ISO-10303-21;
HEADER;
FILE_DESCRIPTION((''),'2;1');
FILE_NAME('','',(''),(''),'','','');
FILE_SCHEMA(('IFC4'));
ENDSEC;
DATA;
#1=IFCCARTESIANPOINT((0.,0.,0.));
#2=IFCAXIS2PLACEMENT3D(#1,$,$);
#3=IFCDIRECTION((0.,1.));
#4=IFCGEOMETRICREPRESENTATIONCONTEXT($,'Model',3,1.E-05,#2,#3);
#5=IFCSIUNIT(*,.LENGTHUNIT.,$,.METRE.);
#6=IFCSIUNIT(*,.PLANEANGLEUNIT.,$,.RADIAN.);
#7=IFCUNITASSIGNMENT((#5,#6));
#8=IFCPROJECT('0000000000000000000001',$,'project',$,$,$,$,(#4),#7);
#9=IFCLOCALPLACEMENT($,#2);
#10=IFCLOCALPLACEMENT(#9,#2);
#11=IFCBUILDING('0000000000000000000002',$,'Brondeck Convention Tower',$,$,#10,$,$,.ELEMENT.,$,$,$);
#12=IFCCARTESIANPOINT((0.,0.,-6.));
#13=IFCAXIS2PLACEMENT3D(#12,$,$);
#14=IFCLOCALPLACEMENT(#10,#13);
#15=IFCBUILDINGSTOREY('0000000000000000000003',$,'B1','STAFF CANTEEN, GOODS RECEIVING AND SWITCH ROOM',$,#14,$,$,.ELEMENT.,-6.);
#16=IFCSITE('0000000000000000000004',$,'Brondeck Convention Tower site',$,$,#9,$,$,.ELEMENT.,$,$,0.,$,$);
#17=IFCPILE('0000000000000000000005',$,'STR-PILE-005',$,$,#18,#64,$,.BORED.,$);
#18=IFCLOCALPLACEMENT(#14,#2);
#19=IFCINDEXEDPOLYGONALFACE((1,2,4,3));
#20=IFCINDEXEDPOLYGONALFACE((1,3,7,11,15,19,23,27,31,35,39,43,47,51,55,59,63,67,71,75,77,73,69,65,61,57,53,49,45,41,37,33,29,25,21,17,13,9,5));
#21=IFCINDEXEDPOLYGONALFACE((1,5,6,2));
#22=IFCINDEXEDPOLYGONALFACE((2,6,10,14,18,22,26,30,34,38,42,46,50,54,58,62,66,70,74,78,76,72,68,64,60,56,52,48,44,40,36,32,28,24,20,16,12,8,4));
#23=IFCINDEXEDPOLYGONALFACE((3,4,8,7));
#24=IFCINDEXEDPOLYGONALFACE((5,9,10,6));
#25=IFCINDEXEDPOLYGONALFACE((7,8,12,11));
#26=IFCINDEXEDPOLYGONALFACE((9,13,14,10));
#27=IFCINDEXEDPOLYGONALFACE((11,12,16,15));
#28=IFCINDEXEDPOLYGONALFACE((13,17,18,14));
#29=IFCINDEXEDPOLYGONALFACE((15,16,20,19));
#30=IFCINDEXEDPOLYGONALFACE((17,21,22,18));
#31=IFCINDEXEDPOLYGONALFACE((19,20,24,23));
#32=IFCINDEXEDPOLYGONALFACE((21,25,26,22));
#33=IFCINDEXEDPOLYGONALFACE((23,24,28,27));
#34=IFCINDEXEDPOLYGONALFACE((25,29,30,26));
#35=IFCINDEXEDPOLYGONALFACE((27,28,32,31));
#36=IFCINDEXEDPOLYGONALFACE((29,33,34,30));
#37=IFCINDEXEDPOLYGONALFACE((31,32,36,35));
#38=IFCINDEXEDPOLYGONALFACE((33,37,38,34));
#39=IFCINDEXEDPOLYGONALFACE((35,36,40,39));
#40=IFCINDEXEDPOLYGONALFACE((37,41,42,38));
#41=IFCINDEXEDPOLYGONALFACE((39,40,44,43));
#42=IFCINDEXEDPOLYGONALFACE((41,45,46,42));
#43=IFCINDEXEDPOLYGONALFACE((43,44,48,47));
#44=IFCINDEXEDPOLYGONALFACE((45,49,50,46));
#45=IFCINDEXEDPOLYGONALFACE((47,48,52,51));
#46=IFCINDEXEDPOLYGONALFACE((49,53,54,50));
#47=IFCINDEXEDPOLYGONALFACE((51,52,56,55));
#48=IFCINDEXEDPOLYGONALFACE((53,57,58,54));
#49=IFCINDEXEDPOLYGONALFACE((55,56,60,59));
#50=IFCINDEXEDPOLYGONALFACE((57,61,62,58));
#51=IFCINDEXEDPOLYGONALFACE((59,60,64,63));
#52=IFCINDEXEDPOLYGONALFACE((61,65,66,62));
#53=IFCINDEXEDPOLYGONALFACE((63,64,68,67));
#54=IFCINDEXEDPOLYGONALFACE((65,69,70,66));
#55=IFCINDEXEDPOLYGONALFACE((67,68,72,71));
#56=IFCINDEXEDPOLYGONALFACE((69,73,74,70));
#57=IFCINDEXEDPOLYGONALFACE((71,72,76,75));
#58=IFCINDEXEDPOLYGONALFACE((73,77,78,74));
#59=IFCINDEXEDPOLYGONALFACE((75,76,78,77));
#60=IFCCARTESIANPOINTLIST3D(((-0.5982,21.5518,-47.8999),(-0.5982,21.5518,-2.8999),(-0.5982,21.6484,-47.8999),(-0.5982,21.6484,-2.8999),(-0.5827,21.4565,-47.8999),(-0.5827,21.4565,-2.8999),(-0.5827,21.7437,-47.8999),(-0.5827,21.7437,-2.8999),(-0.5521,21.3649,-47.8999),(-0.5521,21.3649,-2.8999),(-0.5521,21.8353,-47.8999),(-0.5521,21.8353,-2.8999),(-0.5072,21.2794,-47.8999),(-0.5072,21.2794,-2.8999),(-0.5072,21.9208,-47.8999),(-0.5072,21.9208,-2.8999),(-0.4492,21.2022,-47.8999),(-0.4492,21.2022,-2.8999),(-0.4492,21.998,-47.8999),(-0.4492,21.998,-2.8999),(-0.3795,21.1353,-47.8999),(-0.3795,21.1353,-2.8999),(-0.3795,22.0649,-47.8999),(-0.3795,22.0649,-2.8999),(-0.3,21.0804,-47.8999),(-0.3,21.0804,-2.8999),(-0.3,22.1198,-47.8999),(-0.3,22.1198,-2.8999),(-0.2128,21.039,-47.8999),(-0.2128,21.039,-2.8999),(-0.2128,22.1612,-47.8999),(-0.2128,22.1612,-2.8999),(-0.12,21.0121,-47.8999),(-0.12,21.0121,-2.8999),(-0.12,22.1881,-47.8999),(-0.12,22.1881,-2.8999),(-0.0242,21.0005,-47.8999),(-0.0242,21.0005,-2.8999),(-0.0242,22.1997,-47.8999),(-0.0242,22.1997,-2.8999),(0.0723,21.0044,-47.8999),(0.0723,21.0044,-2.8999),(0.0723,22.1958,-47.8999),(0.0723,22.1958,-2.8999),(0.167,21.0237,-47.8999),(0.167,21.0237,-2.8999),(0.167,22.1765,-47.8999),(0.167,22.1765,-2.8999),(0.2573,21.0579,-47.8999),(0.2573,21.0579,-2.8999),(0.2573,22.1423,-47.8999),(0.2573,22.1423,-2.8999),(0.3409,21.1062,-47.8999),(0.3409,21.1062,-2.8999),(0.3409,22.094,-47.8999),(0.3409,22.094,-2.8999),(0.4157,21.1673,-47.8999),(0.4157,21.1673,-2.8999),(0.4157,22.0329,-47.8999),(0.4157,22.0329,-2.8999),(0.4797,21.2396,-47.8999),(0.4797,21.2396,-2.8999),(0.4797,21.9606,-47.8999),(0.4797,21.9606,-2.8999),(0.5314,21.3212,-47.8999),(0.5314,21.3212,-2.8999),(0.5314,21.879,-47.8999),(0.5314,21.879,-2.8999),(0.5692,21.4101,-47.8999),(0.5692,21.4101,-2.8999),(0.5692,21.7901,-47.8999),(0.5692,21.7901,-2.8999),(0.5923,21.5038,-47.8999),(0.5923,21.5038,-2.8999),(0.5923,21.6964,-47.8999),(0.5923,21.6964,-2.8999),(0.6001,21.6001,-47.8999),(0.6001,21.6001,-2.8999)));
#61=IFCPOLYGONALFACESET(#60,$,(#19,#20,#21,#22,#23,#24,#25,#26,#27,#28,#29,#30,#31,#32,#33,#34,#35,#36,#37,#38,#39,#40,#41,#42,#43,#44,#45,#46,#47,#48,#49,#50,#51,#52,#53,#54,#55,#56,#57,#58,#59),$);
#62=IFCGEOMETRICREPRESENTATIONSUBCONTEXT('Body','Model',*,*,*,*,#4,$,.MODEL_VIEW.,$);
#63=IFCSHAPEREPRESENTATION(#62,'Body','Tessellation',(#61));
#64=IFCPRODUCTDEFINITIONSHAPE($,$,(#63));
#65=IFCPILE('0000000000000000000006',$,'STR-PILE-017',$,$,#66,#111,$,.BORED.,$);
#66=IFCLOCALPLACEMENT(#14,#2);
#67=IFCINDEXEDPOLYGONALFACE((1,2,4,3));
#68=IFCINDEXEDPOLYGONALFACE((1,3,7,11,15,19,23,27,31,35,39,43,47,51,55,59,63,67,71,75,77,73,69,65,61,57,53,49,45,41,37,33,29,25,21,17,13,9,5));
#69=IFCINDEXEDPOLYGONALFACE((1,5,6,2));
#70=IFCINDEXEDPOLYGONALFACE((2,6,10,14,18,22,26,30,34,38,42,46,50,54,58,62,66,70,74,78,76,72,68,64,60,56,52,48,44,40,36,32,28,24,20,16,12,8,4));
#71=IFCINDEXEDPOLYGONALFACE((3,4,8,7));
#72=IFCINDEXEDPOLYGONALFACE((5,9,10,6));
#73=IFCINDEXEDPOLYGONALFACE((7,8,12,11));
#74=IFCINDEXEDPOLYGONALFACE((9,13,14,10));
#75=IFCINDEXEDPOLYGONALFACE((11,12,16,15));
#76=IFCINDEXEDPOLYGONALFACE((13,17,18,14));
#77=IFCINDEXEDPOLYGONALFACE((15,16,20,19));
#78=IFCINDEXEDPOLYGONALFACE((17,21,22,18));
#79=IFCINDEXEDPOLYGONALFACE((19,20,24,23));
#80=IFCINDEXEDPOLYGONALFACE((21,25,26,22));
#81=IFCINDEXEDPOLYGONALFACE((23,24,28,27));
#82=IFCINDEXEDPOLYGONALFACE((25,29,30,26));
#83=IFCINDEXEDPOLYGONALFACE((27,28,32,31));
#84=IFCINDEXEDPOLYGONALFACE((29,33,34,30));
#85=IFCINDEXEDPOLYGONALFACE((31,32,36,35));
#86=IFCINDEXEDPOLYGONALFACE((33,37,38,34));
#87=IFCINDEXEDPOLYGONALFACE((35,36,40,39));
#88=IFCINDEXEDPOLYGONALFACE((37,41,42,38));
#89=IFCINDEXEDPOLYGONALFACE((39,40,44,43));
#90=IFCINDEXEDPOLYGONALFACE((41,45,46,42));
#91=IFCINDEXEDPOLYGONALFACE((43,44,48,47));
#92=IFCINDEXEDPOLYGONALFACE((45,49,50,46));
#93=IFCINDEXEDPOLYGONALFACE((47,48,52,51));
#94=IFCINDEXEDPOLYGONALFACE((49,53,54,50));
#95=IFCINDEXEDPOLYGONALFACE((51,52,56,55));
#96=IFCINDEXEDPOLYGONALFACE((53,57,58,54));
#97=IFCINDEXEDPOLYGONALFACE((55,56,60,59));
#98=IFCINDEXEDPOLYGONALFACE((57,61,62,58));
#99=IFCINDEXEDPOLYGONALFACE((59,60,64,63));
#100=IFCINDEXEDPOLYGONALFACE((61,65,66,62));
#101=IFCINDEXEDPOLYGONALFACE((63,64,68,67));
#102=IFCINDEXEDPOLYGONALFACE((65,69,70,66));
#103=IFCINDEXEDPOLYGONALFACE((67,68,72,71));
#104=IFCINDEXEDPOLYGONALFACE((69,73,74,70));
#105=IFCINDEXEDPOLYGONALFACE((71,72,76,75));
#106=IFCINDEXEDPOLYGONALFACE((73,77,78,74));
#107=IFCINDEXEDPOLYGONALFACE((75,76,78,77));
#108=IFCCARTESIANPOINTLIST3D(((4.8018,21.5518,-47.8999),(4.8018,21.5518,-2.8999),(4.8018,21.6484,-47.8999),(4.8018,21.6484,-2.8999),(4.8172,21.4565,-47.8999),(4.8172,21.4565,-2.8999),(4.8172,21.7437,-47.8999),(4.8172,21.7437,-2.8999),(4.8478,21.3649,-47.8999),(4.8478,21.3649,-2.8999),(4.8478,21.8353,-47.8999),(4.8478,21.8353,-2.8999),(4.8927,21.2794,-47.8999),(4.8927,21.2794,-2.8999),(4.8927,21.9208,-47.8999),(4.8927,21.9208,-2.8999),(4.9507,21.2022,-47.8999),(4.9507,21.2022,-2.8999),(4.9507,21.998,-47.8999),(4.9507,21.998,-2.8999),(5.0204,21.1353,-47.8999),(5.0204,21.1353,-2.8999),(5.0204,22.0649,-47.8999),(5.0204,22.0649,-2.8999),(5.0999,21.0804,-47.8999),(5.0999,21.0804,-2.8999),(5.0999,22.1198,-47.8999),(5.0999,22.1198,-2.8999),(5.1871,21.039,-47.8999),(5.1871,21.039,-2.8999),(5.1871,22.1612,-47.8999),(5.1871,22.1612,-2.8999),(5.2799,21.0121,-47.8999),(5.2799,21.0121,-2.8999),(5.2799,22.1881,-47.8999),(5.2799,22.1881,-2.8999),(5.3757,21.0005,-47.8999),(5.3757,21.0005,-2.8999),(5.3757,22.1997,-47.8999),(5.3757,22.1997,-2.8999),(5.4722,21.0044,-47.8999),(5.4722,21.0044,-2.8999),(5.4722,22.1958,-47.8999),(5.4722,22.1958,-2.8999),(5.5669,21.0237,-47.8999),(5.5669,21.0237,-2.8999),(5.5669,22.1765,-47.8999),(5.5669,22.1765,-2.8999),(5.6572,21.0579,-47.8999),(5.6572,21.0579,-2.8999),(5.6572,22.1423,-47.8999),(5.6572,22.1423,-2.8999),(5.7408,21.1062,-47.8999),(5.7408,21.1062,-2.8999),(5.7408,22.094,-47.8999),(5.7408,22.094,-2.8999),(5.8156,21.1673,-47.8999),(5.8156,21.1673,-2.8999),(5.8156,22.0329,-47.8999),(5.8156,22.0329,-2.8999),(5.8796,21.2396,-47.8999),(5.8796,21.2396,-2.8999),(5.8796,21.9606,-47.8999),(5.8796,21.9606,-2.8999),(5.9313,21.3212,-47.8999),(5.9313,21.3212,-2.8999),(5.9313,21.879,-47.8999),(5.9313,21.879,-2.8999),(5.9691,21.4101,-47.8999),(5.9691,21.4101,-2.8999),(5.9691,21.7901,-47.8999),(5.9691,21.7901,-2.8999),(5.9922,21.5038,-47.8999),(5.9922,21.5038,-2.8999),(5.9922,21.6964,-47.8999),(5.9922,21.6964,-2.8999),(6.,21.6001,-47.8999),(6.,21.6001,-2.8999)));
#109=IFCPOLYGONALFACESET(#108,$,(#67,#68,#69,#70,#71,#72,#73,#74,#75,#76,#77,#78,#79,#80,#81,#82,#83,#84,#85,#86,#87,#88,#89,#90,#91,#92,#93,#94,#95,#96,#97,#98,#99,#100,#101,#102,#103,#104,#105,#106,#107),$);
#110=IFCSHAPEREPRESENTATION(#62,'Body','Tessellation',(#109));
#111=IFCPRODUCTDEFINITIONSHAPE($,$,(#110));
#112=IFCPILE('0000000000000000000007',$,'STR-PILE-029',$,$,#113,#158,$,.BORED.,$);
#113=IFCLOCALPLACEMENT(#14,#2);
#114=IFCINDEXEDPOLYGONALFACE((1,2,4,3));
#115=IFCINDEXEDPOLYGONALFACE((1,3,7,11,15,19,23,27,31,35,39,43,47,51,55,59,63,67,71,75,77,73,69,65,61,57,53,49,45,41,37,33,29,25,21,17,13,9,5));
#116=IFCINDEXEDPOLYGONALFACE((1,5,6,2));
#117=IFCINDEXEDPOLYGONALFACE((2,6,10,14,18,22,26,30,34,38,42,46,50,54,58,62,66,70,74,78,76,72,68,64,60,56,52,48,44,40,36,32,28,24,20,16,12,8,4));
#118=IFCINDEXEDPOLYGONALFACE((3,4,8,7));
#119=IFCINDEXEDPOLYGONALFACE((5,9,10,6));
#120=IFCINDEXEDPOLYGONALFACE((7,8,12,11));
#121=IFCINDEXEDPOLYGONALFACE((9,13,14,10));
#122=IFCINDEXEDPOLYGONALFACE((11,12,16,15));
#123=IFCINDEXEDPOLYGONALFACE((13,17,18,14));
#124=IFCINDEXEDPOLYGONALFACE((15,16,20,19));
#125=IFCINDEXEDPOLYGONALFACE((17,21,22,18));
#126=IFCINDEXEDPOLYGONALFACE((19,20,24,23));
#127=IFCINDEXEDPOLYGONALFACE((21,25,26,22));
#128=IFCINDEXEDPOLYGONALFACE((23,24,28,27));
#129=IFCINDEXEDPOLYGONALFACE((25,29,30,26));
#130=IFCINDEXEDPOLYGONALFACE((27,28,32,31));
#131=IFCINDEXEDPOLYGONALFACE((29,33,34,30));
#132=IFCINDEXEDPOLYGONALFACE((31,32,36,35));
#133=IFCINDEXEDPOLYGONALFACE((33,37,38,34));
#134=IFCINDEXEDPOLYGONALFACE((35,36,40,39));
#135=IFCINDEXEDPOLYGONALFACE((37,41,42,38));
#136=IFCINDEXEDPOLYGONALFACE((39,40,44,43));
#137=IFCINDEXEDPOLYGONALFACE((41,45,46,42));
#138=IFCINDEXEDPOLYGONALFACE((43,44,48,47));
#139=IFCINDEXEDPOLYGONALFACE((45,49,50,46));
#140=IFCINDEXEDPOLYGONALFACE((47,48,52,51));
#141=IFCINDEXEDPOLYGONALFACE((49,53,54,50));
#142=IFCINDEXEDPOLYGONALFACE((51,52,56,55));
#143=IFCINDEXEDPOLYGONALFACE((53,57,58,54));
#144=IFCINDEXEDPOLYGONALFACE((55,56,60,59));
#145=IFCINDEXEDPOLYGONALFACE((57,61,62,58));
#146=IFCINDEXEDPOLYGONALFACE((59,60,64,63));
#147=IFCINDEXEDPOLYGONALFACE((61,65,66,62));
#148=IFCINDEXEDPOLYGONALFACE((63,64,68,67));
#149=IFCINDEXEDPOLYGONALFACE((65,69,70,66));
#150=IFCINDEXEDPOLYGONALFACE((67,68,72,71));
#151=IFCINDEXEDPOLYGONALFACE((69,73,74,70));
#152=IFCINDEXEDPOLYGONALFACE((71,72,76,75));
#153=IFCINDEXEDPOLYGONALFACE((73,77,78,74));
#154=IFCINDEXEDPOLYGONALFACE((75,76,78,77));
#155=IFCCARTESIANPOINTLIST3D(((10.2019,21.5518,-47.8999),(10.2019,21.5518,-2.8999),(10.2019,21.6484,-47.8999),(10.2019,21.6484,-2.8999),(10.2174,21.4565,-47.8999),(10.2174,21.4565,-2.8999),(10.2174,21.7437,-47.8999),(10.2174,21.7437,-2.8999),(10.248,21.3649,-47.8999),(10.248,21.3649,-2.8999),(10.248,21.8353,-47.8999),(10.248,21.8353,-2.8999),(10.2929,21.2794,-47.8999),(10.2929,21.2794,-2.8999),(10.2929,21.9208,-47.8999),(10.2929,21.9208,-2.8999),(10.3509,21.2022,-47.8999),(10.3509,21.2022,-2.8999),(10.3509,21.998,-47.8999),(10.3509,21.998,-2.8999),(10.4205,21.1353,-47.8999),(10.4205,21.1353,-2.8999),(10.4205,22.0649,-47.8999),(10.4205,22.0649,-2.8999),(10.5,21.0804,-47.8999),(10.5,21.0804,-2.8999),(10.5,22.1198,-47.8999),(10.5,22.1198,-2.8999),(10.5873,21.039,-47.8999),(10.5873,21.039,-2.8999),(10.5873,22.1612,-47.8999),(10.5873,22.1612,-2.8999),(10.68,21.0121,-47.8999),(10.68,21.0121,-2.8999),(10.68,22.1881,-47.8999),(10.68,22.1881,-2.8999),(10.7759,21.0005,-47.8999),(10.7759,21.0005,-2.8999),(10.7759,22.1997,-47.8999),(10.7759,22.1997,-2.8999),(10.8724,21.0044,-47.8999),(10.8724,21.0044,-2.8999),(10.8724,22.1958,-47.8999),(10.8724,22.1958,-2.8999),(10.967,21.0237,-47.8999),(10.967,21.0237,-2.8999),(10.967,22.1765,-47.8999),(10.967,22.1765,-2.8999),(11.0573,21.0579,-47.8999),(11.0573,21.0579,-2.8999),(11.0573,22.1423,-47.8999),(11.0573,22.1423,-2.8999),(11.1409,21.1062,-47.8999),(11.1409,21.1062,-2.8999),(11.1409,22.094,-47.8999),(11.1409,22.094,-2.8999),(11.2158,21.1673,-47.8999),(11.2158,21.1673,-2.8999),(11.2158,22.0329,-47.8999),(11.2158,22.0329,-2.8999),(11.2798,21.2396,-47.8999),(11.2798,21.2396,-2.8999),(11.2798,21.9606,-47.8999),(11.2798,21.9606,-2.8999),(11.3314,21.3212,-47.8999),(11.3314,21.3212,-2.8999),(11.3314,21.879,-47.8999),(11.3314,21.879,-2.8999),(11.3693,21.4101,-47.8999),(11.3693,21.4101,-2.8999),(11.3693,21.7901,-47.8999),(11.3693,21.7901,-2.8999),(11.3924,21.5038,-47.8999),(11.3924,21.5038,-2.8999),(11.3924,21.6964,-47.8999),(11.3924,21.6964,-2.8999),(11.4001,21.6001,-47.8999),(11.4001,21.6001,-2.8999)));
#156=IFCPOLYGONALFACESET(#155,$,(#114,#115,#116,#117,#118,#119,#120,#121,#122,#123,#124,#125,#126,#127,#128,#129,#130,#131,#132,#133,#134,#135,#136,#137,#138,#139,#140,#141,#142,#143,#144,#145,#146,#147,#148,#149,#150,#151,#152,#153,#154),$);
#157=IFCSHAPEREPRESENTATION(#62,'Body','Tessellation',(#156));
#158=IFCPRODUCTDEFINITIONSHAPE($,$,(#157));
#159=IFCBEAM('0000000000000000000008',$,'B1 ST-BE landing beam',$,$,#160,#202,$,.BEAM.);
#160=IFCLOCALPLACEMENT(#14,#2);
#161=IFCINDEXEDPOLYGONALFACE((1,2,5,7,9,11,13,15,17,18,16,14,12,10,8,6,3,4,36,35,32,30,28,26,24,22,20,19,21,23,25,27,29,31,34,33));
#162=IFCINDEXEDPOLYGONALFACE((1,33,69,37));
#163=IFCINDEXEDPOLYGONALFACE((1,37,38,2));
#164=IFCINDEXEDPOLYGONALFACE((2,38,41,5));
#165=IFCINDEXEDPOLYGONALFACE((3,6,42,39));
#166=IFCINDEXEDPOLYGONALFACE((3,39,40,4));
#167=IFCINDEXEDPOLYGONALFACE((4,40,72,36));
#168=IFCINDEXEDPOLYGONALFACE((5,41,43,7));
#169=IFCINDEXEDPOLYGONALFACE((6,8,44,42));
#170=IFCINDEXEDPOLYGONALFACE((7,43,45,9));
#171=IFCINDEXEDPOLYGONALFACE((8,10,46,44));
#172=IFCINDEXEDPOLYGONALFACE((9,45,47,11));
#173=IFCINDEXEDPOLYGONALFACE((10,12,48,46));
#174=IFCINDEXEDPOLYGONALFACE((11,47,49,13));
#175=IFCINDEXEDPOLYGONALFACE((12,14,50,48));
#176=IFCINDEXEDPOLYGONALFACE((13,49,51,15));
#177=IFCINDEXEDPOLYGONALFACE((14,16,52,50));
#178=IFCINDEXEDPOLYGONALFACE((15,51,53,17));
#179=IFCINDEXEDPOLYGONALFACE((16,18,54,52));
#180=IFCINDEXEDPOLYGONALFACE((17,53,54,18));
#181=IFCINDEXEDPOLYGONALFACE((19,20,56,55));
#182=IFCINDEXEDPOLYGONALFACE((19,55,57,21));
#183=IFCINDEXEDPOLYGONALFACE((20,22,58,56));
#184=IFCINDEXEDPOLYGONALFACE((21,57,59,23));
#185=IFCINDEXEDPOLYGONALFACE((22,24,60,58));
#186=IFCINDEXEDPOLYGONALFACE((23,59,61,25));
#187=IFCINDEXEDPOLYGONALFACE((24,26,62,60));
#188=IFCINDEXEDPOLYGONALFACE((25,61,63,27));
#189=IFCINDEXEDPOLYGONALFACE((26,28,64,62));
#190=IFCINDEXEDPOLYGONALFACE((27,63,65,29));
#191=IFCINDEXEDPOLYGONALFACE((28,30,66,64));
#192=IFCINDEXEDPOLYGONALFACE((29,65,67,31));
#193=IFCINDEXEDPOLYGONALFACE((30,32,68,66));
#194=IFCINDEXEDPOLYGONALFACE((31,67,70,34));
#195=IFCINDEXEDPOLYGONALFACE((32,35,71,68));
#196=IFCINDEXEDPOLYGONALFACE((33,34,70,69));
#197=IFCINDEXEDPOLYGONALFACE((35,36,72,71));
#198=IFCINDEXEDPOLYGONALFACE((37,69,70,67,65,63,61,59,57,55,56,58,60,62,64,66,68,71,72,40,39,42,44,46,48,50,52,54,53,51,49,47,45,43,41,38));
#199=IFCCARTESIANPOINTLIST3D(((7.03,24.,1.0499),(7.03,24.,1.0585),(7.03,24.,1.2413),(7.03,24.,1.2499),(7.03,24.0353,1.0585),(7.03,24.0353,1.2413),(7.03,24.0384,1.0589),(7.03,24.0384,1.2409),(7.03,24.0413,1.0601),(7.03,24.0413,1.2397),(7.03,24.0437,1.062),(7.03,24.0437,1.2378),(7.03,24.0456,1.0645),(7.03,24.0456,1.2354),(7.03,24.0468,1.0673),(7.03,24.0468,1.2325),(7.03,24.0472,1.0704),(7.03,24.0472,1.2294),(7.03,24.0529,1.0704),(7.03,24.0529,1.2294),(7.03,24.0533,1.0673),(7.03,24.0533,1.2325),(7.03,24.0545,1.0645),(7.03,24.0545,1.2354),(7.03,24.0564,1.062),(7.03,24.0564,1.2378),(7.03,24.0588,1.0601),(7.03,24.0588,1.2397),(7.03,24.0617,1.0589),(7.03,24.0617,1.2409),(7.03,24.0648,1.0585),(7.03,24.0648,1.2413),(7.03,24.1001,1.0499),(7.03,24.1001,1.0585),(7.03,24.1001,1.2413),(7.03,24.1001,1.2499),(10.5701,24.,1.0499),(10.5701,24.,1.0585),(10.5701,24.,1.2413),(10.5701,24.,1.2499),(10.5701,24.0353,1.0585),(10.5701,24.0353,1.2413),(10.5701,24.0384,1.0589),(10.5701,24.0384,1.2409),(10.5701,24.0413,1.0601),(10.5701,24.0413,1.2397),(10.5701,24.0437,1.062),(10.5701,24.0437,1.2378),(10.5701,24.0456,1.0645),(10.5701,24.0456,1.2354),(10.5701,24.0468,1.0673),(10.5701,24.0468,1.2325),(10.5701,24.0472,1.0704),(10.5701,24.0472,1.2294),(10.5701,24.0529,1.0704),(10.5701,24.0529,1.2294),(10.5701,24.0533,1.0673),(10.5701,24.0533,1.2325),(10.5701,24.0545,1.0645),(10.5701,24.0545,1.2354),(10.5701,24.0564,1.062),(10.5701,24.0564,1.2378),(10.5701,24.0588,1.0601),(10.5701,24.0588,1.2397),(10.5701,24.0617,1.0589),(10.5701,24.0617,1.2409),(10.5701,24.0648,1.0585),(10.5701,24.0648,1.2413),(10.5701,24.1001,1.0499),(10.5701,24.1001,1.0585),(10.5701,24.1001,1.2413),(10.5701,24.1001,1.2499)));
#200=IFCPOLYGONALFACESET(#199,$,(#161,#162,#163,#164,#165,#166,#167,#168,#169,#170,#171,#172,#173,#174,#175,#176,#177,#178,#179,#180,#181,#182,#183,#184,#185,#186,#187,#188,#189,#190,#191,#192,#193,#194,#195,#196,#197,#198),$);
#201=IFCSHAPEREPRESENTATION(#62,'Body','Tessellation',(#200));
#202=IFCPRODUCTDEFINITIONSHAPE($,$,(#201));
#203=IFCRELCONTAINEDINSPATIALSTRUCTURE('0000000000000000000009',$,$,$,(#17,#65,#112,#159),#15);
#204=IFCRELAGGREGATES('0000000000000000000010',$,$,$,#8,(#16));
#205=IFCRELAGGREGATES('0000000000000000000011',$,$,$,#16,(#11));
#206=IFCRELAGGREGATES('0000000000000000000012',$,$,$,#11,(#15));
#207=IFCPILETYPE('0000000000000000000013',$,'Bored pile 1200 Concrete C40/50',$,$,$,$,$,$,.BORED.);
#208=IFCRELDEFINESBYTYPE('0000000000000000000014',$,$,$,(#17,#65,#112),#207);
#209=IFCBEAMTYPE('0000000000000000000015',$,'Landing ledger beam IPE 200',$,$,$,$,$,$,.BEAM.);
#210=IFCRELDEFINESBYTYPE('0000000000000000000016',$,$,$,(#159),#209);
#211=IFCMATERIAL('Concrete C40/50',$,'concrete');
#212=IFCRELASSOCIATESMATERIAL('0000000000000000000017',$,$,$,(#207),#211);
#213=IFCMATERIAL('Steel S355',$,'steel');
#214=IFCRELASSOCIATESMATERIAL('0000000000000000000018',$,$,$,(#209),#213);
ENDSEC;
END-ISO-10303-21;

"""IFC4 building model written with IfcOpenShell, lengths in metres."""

from ifc_helpers import new_model, si_unit, direction, frame, origin, origin_2d, place, context, subcontext, project, spatial, circle, i_section, extrude, material, material_profile, profile_set, type_object, element, save


model = new_model("IFC4")

# Units and contexts
model_context = context("Model", 3, precision=1e-05, world=origin(), true_north=direction((0.0, 1.0)))
body_context = subcontext(model_context, "Body", "Model", "MODEL_VIEW")
ifc_project = project(units=[si_unit("LENGTHUNIT", "METRE"), si_unit("PLANEANGLEUNIT", "RADIAN")], contexts=[model_context])

# Site, building, storey
site_placement = place(None, origin())
site = spatial("IfcSite", under=ifc_project, at=site_placement, Name="Brondeck Convention Tower site", CompositionType="ELEMENT", RefElevation=0.0)
building_placement = place(site_placement, origin())
building = spatial("IfcBuilding", under=site, at=building_placement, Name="Brondeck Convention Tower", CompositionType="ELEMENT")
storey_placement = place(building_placement, frame((0.0, 0.0, -6.0)))
storey = spatial("IfcBuildingStorey", under=building, at=storey_placement, Name="B1", Description="STAFF CANTEEN, GOODS RECEIVING AND SWITCH ROOM", CompositionType="ELEMENT", Elevation=-6.0)

# Piles
ifc_material_1 = material(Name="Concrete C40/50", Category="concrete")
ifc_material_profile_1 = material_profile(ifc_material_1, circle(Radius=0.6001, at=origin_2d()), Name="Bored pile 1200 Concrete C40/50")
ifc_profile_set_1 = profile_set([ifc_material_profile_1], Name="Concrete C40/50")
pile_type = type_object("IfcPileType", Name="Bored pile 1200 Concrete C40/50", PredefinedType="BORED", material=ifc_profile_set_1)
for number, where, z_axis, x_axis, name in (
    (1, (0.0, 21.6001, -2.8999), (0.0, 0.0, -1.0), (1.0, 0.0, 0.0), "STR-PILE-005"),
    (2, (5.3999, 21.6001, -2.8999), (0.0, 0.0, -1.0), (1.0, 0.0, 0.0), "STR-PILE-017"),
    (3, (10.8, 21.6001, -2.8999), (0.0, 0.0, -1.0), (1.0, 0.0, 0.0), "STR-PILE-029"),
):
    element("IfcPile", number, at=place(storey_placement, frame(where, z_axis=z_axis, x_axis=x_axis)), inside=storey, type_object=pile_type, Name=name, PredefinedType="BORED", context=body_context, shape_type="SweptSolid", body=[
        extrude(circle(Radius=0.6001, at=origin_2d()), origin(), (0.0, 0.0, 1.0), 45.0),
    ])

# Beam
ifc_material_2 = material(Name="Steel S355", Category="steel")
ifc_material_profile_2 = material_profile(ifc_material_2, i_section(OverallWidth=0.1001, OverallDepth=0.2, WebThickness=0.0056, FlangeThickness=0.0085, FilletRadius=0.012, at=origin_2d()), Name="IPE200")
ifc_profile_set_2 = profile_set([ifc_material_profile_2], Name="Steel S355")
beam_type = type_object("IfcBeamType", Name="Landing ledger beam IPE 200", PredefinedType="BEAM", material=ifc_profile_set_2)
for number, where, z_axis, x_axis, name in (
    (4, (10.5701, 24.05, 1.1499), (-1.0, 0.0, 0.0), (0.0, -1.0, 0.0), "B1 ST-BE landing beam"),
):
    element("IfcBeam", number, at=place(storey_placement, frame(where, z_axis=z_axis, x_axis=x_axis)), inside=storey, type_object=beam_type, Name=name, PredefinedType="BEAM", context=body_context, shape_type="SweptSolid", body=[
        extrude(i_section(OverallWidth=0.1001, OverallDepth=0.2, WebThickness=0.0056, FlangeThickness=0.0085, FilletRadius=0.012, at=origin_2d()), origin(), (0.0, 0.0, 1.0), 3.54),
    ])

save(model, "model.ifc")
